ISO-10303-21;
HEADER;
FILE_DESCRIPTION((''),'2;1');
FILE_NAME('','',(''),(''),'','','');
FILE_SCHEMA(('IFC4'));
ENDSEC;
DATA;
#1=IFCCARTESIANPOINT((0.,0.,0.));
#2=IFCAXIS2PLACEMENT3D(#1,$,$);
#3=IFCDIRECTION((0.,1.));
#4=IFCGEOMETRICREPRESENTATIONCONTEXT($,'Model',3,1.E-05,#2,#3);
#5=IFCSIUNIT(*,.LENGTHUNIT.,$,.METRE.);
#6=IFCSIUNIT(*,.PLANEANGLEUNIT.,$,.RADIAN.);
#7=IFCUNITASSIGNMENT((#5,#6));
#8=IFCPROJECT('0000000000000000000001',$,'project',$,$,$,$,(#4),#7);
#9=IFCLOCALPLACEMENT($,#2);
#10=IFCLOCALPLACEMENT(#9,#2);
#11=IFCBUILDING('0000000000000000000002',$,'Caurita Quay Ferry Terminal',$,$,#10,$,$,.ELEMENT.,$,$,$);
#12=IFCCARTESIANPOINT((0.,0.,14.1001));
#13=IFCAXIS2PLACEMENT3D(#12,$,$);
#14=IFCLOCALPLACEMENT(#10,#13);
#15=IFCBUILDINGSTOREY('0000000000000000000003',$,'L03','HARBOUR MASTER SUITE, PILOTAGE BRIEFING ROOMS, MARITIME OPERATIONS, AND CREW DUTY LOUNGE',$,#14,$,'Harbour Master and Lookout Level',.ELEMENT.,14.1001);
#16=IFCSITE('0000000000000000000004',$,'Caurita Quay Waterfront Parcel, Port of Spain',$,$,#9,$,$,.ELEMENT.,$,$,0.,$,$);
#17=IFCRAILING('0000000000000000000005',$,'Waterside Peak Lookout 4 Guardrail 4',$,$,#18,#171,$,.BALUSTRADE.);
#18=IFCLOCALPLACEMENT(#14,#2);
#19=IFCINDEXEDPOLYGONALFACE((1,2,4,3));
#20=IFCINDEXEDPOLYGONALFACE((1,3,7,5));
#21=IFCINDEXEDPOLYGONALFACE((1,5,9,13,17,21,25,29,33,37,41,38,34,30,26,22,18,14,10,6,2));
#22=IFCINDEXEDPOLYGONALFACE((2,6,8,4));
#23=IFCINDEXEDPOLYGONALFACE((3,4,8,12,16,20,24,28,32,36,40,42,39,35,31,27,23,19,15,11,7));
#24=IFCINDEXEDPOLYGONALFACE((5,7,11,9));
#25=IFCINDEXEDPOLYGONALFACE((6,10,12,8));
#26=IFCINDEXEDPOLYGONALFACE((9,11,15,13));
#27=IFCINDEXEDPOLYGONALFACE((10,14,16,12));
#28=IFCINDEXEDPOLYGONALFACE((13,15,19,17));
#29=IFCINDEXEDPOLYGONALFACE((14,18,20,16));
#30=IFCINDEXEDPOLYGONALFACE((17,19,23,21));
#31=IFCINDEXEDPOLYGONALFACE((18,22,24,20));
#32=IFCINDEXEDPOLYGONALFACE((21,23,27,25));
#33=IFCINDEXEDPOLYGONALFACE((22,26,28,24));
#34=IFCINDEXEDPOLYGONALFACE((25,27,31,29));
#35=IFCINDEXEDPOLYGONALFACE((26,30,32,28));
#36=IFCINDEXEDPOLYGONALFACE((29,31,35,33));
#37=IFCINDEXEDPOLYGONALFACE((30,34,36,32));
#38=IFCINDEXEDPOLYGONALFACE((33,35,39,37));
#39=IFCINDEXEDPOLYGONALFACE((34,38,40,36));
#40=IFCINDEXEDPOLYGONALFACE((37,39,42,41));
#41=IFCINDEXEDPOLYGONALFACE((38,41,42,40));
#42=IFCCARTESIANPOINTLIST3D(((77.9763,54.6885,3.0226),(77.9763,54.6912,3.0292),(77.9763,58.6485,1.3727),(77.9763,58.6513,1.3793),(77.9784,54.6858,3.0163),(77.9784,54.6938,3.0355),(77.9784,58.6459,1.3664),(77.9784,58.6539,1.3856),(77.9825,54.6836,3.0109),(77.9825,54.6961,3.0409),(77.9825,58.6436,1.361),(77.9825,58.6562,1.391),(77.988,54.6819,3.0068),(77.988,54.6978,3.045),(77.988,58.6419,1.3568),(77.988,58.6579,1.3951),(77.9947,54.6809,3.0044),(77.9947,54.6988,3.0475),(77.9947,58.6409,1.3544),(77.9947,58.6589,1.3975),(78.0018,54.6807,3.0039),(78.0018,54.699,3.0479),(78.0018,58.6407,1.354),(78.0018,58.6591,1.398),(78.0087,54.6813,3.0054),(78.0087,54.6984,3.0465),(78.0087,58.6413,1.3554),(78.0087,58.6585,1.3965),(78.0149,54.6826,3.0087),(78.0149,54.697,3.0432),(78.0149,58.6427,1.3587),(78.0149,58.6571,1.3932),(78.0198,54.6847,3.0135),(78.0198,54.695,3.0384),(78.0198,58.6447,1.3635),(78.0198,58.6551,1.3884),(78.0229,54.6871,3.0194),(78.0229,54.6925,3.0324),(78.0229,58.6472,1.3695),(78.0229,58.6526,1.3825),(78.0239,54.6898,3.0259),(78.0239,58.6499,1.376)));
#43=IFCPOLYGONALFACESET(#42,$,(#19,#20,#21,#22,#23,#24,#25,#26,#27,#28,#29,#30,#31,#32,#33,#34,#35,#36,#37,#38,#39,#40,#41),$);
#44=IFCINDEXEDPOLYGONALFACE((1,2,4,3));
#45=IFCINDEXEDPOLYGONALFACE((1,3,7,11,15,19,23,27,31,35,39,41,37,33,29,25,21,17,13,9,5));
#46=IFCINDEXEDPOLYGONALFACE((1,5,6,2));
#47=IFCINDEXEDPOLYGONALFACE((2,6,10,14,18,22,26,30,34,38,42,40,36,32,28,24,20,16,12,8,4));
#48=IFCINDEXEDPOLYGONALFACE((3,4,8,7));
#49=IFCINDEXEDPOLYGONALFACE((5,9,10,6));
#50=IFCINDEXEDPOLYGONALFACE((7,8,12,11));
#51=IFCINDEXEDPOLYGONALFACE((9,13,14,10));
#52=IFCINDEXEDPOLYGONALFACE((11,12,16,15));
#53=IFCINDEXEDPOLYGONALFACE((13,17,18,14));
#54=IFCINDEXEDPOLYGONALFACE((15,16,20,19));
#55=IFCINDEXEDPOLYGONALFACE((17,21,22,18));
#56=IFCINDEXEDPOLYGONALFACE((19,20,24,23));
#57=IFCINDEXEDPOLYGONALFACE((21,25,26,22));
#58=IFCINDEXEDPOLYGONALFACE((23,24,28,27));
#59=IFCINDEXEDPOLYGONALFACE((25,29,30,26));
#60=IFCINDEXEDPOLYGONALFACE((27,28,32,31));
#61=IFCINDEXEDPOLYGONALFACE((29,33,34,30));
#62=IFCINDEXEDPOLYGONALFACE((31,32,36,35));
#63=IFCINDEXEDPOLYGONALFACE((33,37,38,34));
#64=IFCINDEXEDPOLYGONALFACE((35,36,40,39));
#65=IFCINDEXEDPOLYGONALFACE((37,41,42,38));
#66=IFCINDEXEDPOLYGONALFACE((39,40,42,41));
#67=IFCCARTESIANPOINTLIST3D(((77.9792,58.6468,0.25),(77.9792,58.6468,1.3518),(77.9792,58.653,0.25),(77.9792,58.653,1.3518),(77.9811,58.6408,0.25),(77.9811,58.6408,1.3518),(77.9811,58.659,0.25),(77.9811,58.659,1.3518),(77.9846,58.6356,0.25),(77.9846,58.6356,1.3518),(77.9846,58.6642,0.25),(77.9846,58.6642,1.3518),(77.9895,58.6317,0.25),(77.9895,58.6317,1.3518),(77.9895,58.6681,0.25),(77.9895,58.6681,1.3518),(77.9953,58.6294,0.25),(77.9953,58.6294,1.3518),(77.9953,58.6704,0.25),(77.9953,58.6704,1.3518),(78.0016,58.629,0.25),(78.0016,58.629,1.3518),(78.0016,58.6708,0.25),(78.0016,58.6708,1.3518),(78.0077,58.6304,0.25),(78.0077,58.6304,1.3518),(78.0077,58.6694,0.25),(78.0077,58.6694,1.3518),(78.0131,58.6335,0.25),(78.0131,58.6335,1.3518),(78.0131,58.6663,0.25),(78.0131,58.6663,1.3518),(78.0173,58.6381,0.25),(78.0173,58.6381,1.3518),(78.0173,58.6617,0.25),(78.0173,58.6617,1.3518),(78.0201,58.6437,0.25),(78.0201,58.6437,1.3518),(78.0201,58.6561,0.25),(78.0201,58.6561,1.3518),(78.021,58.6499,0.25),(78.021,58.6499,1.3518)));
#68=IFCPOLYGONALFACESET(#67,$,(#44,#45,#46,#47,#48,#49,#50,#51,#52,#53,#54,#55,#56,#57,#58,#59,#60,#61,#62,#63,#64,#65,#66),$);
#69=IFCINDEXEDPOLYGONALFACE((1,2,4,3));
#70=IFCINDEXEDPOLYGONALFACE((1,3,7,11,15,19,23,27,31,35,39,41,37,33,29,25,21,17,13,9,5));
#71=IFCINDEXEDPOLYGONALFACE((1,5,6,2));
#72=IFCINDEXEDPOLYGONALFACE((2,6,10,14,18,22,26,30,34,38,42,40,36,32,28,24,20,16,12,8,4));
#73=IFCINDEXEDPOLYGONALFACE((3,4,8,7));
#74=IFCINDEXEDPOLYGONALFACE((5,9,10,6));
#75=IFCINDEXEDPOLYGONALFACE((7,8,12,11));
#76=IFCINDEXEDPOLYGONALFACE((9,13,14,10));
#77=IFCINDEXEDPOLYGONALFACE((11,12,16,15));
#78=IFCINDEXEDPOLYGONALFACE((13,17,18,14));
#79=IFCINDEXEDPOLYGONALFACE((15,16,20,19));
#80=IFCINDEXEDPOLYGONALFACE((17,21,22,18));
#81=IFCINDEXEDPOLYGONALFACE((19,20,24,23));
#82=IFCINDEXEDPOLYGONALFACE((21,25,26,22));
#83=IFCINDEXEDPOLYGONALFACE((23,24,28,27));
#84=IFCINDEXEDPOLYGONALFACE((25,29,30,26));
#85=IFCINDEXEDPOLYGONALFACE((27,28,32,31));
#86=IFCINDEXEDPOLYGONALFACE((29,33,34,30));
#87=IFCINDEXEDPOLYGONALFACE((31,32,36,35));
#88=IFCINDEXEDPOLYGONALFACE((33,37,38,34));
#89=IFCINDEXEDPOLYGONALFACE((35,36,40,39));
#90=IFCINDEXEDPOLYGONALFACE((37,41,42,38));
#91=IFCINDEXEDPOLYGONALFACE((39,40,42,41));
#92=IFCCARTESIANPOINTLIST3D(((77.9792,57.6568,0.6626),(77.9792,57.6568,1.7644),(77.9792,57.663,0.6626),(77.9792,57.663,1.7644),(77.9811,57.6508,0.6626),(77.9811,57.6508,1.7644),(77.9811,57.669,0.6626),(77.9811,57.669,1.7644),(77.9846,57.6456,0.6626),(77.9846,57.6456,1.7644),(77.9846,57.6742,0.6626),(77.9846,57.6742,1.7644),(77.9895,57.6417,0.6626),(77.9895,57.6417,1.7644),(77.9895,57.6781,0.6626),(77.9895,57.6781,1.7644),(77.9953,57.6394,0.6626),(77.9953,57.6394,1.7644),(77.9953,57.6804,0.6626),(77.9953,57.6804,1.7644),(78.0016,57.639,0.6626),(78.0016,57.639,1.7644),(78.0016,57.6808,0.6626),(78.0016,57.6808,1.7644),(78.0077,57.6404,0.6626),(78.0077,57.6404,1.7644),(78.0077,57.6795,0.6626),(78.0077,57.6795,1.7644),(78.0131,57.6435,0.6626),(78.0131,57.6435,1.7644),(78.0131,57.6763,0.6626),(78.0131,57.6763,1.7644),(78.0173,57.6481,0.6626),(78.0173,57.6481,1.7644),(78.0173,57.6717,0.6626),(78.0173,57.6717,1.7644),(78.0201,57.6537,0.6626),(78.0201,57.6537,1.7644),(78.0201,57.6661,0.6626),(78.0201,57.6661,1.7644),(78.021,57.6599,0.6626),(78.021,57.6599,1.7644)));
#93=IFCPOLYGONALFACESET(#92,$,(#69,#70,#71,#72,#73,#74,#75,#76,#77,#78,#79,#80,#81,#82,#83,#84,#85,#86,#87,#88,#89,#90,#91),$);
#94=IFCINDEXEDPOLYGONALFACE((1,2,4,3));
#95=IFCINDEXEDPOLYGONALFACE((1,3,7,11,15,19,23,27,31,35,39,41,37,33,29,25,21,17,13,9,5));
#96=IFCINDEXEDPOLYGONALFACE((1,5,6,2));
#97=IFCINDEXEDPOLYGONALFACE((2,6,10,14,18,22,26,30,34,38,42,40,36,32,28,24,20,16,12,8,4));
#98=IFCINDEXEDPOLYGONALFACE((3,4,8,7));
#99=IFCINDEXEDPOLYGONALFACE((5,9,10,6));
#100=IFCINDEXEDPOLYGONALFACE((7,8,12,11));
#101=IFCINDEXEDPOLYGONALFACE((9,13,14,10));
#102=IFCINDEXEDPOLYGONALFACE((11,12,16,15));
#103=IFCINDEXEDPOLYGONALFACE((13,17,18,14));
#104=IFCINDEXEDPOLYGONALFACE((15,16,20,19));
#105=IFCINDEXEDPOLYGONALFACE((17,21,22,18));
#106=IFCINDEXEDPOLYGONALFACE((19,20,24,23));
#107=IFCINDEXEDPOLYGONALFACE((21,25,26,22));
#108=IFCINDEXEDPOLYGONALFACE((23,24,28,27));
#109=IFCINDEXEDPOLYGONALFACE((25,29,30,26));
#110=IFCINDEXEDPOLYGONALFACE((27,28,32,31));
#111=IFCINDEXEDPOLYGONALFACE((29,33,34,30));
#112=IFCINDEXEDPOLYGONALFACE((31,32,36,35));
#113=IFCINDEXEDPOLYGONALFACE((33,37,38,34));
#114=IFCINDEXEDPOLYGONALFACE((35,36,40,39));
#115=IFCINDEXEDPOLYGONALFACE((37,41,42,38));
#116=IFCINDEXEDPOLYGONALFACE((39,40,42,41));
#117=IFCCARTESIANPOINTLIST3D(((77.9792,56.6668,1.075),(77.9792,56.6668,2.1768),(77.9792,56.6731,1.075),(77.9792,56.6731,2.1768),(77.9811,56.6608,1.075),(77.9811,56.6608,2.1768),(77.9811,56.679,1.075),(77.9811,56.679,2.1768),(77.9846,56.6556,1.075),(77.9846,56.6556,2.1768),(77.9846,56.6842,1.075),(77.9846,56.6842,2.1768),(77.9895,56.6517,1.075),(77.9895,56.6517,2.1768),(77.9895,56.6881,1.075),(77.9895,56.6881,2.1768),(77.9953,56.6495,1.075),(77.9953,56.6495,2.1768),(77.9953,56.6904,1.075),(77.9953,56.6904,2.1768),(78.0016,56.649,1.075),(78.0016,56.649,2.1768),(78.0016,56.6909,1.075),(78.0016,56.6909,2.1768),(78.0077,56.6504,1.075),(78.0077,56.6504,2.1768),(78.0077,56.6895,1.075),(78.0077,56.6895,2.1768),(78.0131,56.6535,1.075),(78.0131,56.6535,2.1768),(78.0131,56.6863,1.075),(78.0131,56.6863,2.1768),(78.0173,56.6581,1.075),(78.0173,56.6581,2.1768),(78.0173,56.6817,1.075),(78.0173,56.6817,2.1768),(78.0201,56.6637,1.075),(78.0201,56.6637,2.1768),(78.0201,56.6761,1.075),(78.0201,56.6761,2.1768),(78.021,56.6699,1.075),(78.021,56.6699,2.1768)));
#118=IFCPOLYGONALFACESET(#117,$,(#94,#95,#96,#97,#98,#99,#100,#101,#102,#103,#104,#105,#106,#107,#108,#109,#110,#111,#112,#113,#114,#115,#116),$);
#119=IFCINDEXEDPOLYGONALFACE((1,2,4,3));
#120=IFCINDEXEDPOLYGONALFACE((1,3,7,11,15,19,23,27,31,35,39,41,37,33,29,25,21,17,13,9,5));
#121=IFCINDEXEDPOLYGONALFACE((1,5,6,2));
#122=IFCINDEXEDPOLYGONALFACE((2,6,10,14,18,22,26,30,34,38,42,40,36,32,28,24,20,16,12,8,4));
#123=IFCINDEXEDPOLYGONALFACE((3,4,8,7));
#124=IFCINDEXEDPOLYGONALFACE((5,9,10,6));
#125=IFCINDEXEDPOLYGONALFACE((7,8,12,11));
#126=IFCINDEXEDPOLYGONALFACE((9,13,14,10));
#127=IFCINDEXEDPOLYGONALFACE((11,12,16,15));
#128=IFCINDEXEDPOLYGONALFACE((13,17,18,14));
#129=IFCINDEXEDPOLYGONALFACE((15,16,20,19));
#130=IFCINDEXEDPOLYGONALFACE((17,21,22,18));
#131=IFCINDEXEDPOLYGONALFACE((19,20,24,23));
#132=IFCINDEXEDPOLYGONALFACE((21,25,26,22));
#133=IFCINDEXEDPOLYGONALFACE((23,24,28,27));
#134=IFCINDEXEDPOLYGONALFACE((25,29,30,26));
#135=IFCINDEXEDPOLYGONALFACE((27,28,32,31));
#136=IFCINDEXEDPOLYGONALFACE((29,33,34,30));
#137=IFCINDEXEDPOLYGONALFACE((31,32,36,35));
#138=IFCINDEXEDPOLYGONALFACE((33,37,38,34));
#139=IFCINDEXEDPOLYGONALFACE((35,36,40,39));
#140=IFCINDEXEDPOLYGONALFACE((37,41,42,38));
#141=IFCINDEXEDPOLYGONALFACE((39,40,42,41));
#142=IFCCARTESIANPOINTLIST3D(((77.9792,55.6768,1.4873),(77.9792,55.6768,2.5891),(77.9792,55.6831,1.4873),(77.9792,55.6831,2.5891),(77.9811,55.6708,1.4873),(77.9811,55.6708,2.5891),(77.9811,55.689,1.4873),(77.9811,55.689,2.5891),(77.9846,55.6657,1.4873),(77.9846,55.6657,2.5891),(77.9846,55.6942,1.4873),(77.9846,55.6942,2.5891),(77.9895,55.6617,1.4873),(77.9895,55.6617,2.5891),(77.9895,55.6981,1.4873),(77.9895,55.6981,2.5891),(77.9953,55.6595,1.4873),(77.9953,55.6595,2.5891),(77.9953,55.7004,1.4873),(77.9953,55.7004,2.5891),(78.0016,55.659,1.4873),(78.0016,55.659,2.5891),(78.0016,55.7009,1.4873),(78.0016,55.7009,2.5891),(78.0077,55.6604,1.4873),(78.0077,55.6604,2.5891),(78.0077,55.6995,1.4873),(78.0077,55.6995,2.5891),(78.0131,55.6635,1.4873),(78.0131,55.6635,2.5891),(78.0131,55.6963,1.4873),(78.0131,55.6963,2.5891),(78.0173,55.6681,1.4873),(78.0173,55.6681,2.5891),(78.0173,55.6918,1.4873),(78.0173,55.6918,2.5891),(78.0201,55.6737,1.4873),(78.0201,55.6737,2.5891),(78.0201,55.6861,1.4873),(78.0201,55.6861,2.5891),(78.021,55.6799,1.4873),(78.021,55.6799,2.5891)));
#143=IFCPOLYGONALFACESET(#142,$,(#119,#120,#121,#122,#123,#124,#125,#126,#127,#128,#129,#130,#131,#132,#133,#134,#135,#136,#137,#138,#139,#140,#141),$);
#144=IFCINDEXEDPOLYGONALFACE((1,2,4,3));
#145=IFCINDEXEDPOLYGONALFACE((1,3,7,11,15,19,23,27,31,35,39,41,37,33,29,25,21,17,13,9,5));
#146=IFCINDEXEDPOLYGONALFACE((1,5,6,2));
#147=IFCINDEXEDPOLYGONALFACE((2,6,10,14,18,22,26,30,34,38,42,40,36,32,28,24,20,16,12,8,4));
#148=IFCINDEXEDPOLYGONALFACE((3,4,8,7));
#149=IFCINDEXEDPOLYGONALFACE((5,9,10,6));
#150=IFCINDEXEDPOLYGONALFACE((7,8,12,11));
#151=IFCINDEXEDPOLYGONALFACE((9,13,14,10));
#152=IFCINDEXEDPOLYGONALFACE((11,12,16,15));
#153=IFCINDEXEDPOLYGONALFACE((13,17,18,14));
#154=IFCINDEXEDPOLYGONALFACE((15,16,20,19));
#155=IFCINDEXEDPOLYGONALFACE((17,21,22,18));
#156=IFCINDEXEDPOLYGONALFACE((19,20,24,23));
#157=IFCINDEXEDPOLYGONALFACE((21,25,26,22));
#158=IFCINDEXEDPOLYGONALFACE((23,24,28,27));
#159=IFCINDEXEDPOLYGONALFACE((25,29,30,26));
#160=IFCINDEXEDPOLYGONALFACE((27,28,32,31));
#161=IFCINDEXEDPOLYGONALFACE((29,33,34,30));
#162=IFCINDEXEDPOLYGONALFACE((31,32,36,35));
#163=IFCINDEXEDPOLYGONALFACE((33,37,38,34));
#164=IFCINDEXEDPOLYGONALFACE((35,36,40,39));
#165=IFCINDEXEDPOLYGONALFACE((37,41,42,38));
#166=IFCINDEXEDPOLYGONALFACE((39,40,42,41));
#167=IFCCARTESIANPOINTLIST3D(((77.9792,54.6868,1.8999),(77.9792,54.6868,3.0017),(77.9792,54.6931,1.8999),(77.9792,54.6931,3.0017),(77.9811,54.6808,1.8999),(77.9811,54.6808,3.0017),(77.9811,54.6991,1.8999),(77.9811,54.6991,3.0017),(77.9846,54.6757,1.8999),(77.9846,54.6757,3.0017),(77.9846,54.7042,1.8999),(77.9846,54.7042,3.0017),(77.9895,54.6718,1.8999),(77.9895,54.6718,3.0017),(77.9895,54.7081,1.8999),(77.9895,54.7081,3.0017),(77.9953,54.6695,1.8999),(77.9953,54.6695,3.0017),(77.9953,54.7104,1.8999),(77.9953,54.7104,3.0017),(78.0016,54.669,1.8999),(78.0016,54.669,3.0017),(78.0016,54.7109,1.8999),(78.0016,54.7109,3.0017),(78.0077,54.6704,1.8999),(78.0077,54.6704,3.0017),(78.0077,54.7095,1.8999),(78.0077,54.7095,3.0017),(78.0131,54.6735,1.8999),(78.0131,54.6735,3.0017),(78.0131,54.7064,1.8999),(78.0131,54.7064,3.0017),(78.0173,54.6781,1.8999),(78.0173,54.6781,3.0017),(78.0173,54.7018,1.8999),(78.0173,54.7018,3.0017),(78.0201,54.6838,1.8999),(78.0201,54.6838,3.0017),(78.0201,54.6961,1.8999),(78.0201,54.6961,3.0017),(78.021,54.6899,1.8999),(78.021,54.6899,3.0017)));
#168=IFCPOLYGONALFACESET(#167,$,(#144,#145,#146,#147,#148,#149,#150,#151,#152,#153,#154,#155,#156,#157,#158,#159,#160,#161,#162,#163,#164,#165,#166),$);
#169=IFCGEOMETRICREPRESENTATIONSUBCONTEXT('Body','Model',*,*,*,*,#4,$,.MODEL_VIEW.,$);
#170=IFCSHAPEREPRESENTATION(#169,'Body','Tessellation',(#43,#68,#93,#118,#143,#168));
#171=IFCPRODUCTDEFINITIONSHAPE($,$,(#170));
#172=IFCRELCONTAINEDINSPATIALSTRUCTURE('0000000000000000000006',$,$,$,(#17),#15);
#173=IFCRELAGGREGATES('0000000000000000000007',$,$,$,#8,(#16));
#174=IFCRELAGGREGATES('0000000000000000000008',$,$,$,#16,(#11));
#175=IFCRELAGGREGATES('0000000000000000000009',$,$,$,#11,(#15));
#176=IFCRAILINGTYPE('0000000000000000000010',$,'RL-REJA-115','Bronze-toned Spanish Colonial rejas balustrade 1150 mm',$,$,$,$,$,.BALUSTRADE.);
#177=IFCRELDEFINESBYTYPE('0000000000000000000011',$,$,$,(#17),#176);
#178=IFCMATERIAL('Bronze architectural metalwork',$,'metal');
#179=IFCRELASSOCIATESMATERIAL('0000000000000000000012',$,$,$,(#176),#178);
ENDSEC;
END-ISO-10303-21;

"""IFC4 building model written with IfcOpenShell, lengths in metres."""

from ifc_helpers import new_model, si_unit, direction, frame, origin, origin_2d, place, context, subcontext, project, spatial, circle, extrude, material, type_object, element, save


model = new_model("IFC4")

# Units and contexts
model_context = context("Model", 3, precision=1e-05, world=origin(), true_north=direction((0.0, 1.0)))
body_context = subcontext(model_context, "Body", "Model", "MODEL_VIEW")
ifc_project = project(units=[si_unit("LENGTHUNIT", "METRE"), si_unit("PLANEANGLEUNIT", "RADIAN")], contexts=[model_context])

# Site, building, storey
site_placement = place(None, origin())
site = spatial("IfcSite", under=ifc_project, at=site_placement, Name="Caurita Quay Waterfront Parcel, Port of Spain", CompositionType="ELEMENT", RefElevation=0.0)
building_placement = place(site_placement, origin())
building = spatial("IfcBuilding", under=site, at=building_placement, Name="Caurita Quay Ferry Terminal", CompositionType="ELEMENT")
storey_placement = place(building_placement, frame((0.0, 0.0, 14.1001)))
storey = spatial("IfcBuildingStorey", under=building, at=storey_placement, Name="L03", Description="HARBOUR MASTER SUITE, PILOTAGE BRIEFING ROOMS, MARITIME OPERATIONS, AND CREW DUTY LOUNGE", LongName="Harbour Master and Lookout Level", CompositionType="ELEMENT", Elevation=14.1001)

# Railing
ifc_material_1 = material(Name="Bronze architectural metalwork", Category="metal")
railing_type_1 = type_object("IfcRailingType", Name="RL-REJA-115", Description="Bronze-toned Spanish Colonial rejas balustrade 1150 mm", PredefinedType="BALUSTRADE", material=ifc_material_1)
railing_1_placement = place(storey_placement, frame((78.0, 58.6499, 0.25)))
element("IfcRailing", 1, at=railing_1_placement, inside=storey, type_object=railing_type_1, Name="Waterside Peak Lookout 4 Guardrail 4", PredefinedType="BALUSTRADE", context=body_context, shape_type="SweptSolid", body=[
    extrude(circle(Radius=0.0239, at=origin_2d()), frame((0.0, 0.0, 1.126), z_axis=(0.0, -0.923084, 0.384599), x_axis=(1.0, 0.0, 0.0)), (0.0, 0.0, 1.0), 4.29),
    extrude(circle(Radius=0.021, at=origin_2d()), origin(), (0.0, 0.0, 1.0), 1.1018),
    extrude(circle(Radius=0.021, at=origin_2d()), frame((0.0, -0.99, 0.4126)), (0.0, 0.0, 1.0), 1.1018),
    extrude(circle(Radius=0.021, at=origin_2d()), frame((0.0, -1.98, 0.825)), (0.0, 0.0, 1.0), 1.1018),
    extrude(circle(Radius=0.021, at=origin_2d()), frame((0.0, -2.97, 1.2373)), (0.0, 0.0, 1.0), 1.1018),
    extrude(circle(Radius=0.021, at=origin_2d()), frame((0.0, -3.96, 1.6499)), (0.0, 0.0, 1.0), 1.1018),
])

save(model, "model.ifc")
